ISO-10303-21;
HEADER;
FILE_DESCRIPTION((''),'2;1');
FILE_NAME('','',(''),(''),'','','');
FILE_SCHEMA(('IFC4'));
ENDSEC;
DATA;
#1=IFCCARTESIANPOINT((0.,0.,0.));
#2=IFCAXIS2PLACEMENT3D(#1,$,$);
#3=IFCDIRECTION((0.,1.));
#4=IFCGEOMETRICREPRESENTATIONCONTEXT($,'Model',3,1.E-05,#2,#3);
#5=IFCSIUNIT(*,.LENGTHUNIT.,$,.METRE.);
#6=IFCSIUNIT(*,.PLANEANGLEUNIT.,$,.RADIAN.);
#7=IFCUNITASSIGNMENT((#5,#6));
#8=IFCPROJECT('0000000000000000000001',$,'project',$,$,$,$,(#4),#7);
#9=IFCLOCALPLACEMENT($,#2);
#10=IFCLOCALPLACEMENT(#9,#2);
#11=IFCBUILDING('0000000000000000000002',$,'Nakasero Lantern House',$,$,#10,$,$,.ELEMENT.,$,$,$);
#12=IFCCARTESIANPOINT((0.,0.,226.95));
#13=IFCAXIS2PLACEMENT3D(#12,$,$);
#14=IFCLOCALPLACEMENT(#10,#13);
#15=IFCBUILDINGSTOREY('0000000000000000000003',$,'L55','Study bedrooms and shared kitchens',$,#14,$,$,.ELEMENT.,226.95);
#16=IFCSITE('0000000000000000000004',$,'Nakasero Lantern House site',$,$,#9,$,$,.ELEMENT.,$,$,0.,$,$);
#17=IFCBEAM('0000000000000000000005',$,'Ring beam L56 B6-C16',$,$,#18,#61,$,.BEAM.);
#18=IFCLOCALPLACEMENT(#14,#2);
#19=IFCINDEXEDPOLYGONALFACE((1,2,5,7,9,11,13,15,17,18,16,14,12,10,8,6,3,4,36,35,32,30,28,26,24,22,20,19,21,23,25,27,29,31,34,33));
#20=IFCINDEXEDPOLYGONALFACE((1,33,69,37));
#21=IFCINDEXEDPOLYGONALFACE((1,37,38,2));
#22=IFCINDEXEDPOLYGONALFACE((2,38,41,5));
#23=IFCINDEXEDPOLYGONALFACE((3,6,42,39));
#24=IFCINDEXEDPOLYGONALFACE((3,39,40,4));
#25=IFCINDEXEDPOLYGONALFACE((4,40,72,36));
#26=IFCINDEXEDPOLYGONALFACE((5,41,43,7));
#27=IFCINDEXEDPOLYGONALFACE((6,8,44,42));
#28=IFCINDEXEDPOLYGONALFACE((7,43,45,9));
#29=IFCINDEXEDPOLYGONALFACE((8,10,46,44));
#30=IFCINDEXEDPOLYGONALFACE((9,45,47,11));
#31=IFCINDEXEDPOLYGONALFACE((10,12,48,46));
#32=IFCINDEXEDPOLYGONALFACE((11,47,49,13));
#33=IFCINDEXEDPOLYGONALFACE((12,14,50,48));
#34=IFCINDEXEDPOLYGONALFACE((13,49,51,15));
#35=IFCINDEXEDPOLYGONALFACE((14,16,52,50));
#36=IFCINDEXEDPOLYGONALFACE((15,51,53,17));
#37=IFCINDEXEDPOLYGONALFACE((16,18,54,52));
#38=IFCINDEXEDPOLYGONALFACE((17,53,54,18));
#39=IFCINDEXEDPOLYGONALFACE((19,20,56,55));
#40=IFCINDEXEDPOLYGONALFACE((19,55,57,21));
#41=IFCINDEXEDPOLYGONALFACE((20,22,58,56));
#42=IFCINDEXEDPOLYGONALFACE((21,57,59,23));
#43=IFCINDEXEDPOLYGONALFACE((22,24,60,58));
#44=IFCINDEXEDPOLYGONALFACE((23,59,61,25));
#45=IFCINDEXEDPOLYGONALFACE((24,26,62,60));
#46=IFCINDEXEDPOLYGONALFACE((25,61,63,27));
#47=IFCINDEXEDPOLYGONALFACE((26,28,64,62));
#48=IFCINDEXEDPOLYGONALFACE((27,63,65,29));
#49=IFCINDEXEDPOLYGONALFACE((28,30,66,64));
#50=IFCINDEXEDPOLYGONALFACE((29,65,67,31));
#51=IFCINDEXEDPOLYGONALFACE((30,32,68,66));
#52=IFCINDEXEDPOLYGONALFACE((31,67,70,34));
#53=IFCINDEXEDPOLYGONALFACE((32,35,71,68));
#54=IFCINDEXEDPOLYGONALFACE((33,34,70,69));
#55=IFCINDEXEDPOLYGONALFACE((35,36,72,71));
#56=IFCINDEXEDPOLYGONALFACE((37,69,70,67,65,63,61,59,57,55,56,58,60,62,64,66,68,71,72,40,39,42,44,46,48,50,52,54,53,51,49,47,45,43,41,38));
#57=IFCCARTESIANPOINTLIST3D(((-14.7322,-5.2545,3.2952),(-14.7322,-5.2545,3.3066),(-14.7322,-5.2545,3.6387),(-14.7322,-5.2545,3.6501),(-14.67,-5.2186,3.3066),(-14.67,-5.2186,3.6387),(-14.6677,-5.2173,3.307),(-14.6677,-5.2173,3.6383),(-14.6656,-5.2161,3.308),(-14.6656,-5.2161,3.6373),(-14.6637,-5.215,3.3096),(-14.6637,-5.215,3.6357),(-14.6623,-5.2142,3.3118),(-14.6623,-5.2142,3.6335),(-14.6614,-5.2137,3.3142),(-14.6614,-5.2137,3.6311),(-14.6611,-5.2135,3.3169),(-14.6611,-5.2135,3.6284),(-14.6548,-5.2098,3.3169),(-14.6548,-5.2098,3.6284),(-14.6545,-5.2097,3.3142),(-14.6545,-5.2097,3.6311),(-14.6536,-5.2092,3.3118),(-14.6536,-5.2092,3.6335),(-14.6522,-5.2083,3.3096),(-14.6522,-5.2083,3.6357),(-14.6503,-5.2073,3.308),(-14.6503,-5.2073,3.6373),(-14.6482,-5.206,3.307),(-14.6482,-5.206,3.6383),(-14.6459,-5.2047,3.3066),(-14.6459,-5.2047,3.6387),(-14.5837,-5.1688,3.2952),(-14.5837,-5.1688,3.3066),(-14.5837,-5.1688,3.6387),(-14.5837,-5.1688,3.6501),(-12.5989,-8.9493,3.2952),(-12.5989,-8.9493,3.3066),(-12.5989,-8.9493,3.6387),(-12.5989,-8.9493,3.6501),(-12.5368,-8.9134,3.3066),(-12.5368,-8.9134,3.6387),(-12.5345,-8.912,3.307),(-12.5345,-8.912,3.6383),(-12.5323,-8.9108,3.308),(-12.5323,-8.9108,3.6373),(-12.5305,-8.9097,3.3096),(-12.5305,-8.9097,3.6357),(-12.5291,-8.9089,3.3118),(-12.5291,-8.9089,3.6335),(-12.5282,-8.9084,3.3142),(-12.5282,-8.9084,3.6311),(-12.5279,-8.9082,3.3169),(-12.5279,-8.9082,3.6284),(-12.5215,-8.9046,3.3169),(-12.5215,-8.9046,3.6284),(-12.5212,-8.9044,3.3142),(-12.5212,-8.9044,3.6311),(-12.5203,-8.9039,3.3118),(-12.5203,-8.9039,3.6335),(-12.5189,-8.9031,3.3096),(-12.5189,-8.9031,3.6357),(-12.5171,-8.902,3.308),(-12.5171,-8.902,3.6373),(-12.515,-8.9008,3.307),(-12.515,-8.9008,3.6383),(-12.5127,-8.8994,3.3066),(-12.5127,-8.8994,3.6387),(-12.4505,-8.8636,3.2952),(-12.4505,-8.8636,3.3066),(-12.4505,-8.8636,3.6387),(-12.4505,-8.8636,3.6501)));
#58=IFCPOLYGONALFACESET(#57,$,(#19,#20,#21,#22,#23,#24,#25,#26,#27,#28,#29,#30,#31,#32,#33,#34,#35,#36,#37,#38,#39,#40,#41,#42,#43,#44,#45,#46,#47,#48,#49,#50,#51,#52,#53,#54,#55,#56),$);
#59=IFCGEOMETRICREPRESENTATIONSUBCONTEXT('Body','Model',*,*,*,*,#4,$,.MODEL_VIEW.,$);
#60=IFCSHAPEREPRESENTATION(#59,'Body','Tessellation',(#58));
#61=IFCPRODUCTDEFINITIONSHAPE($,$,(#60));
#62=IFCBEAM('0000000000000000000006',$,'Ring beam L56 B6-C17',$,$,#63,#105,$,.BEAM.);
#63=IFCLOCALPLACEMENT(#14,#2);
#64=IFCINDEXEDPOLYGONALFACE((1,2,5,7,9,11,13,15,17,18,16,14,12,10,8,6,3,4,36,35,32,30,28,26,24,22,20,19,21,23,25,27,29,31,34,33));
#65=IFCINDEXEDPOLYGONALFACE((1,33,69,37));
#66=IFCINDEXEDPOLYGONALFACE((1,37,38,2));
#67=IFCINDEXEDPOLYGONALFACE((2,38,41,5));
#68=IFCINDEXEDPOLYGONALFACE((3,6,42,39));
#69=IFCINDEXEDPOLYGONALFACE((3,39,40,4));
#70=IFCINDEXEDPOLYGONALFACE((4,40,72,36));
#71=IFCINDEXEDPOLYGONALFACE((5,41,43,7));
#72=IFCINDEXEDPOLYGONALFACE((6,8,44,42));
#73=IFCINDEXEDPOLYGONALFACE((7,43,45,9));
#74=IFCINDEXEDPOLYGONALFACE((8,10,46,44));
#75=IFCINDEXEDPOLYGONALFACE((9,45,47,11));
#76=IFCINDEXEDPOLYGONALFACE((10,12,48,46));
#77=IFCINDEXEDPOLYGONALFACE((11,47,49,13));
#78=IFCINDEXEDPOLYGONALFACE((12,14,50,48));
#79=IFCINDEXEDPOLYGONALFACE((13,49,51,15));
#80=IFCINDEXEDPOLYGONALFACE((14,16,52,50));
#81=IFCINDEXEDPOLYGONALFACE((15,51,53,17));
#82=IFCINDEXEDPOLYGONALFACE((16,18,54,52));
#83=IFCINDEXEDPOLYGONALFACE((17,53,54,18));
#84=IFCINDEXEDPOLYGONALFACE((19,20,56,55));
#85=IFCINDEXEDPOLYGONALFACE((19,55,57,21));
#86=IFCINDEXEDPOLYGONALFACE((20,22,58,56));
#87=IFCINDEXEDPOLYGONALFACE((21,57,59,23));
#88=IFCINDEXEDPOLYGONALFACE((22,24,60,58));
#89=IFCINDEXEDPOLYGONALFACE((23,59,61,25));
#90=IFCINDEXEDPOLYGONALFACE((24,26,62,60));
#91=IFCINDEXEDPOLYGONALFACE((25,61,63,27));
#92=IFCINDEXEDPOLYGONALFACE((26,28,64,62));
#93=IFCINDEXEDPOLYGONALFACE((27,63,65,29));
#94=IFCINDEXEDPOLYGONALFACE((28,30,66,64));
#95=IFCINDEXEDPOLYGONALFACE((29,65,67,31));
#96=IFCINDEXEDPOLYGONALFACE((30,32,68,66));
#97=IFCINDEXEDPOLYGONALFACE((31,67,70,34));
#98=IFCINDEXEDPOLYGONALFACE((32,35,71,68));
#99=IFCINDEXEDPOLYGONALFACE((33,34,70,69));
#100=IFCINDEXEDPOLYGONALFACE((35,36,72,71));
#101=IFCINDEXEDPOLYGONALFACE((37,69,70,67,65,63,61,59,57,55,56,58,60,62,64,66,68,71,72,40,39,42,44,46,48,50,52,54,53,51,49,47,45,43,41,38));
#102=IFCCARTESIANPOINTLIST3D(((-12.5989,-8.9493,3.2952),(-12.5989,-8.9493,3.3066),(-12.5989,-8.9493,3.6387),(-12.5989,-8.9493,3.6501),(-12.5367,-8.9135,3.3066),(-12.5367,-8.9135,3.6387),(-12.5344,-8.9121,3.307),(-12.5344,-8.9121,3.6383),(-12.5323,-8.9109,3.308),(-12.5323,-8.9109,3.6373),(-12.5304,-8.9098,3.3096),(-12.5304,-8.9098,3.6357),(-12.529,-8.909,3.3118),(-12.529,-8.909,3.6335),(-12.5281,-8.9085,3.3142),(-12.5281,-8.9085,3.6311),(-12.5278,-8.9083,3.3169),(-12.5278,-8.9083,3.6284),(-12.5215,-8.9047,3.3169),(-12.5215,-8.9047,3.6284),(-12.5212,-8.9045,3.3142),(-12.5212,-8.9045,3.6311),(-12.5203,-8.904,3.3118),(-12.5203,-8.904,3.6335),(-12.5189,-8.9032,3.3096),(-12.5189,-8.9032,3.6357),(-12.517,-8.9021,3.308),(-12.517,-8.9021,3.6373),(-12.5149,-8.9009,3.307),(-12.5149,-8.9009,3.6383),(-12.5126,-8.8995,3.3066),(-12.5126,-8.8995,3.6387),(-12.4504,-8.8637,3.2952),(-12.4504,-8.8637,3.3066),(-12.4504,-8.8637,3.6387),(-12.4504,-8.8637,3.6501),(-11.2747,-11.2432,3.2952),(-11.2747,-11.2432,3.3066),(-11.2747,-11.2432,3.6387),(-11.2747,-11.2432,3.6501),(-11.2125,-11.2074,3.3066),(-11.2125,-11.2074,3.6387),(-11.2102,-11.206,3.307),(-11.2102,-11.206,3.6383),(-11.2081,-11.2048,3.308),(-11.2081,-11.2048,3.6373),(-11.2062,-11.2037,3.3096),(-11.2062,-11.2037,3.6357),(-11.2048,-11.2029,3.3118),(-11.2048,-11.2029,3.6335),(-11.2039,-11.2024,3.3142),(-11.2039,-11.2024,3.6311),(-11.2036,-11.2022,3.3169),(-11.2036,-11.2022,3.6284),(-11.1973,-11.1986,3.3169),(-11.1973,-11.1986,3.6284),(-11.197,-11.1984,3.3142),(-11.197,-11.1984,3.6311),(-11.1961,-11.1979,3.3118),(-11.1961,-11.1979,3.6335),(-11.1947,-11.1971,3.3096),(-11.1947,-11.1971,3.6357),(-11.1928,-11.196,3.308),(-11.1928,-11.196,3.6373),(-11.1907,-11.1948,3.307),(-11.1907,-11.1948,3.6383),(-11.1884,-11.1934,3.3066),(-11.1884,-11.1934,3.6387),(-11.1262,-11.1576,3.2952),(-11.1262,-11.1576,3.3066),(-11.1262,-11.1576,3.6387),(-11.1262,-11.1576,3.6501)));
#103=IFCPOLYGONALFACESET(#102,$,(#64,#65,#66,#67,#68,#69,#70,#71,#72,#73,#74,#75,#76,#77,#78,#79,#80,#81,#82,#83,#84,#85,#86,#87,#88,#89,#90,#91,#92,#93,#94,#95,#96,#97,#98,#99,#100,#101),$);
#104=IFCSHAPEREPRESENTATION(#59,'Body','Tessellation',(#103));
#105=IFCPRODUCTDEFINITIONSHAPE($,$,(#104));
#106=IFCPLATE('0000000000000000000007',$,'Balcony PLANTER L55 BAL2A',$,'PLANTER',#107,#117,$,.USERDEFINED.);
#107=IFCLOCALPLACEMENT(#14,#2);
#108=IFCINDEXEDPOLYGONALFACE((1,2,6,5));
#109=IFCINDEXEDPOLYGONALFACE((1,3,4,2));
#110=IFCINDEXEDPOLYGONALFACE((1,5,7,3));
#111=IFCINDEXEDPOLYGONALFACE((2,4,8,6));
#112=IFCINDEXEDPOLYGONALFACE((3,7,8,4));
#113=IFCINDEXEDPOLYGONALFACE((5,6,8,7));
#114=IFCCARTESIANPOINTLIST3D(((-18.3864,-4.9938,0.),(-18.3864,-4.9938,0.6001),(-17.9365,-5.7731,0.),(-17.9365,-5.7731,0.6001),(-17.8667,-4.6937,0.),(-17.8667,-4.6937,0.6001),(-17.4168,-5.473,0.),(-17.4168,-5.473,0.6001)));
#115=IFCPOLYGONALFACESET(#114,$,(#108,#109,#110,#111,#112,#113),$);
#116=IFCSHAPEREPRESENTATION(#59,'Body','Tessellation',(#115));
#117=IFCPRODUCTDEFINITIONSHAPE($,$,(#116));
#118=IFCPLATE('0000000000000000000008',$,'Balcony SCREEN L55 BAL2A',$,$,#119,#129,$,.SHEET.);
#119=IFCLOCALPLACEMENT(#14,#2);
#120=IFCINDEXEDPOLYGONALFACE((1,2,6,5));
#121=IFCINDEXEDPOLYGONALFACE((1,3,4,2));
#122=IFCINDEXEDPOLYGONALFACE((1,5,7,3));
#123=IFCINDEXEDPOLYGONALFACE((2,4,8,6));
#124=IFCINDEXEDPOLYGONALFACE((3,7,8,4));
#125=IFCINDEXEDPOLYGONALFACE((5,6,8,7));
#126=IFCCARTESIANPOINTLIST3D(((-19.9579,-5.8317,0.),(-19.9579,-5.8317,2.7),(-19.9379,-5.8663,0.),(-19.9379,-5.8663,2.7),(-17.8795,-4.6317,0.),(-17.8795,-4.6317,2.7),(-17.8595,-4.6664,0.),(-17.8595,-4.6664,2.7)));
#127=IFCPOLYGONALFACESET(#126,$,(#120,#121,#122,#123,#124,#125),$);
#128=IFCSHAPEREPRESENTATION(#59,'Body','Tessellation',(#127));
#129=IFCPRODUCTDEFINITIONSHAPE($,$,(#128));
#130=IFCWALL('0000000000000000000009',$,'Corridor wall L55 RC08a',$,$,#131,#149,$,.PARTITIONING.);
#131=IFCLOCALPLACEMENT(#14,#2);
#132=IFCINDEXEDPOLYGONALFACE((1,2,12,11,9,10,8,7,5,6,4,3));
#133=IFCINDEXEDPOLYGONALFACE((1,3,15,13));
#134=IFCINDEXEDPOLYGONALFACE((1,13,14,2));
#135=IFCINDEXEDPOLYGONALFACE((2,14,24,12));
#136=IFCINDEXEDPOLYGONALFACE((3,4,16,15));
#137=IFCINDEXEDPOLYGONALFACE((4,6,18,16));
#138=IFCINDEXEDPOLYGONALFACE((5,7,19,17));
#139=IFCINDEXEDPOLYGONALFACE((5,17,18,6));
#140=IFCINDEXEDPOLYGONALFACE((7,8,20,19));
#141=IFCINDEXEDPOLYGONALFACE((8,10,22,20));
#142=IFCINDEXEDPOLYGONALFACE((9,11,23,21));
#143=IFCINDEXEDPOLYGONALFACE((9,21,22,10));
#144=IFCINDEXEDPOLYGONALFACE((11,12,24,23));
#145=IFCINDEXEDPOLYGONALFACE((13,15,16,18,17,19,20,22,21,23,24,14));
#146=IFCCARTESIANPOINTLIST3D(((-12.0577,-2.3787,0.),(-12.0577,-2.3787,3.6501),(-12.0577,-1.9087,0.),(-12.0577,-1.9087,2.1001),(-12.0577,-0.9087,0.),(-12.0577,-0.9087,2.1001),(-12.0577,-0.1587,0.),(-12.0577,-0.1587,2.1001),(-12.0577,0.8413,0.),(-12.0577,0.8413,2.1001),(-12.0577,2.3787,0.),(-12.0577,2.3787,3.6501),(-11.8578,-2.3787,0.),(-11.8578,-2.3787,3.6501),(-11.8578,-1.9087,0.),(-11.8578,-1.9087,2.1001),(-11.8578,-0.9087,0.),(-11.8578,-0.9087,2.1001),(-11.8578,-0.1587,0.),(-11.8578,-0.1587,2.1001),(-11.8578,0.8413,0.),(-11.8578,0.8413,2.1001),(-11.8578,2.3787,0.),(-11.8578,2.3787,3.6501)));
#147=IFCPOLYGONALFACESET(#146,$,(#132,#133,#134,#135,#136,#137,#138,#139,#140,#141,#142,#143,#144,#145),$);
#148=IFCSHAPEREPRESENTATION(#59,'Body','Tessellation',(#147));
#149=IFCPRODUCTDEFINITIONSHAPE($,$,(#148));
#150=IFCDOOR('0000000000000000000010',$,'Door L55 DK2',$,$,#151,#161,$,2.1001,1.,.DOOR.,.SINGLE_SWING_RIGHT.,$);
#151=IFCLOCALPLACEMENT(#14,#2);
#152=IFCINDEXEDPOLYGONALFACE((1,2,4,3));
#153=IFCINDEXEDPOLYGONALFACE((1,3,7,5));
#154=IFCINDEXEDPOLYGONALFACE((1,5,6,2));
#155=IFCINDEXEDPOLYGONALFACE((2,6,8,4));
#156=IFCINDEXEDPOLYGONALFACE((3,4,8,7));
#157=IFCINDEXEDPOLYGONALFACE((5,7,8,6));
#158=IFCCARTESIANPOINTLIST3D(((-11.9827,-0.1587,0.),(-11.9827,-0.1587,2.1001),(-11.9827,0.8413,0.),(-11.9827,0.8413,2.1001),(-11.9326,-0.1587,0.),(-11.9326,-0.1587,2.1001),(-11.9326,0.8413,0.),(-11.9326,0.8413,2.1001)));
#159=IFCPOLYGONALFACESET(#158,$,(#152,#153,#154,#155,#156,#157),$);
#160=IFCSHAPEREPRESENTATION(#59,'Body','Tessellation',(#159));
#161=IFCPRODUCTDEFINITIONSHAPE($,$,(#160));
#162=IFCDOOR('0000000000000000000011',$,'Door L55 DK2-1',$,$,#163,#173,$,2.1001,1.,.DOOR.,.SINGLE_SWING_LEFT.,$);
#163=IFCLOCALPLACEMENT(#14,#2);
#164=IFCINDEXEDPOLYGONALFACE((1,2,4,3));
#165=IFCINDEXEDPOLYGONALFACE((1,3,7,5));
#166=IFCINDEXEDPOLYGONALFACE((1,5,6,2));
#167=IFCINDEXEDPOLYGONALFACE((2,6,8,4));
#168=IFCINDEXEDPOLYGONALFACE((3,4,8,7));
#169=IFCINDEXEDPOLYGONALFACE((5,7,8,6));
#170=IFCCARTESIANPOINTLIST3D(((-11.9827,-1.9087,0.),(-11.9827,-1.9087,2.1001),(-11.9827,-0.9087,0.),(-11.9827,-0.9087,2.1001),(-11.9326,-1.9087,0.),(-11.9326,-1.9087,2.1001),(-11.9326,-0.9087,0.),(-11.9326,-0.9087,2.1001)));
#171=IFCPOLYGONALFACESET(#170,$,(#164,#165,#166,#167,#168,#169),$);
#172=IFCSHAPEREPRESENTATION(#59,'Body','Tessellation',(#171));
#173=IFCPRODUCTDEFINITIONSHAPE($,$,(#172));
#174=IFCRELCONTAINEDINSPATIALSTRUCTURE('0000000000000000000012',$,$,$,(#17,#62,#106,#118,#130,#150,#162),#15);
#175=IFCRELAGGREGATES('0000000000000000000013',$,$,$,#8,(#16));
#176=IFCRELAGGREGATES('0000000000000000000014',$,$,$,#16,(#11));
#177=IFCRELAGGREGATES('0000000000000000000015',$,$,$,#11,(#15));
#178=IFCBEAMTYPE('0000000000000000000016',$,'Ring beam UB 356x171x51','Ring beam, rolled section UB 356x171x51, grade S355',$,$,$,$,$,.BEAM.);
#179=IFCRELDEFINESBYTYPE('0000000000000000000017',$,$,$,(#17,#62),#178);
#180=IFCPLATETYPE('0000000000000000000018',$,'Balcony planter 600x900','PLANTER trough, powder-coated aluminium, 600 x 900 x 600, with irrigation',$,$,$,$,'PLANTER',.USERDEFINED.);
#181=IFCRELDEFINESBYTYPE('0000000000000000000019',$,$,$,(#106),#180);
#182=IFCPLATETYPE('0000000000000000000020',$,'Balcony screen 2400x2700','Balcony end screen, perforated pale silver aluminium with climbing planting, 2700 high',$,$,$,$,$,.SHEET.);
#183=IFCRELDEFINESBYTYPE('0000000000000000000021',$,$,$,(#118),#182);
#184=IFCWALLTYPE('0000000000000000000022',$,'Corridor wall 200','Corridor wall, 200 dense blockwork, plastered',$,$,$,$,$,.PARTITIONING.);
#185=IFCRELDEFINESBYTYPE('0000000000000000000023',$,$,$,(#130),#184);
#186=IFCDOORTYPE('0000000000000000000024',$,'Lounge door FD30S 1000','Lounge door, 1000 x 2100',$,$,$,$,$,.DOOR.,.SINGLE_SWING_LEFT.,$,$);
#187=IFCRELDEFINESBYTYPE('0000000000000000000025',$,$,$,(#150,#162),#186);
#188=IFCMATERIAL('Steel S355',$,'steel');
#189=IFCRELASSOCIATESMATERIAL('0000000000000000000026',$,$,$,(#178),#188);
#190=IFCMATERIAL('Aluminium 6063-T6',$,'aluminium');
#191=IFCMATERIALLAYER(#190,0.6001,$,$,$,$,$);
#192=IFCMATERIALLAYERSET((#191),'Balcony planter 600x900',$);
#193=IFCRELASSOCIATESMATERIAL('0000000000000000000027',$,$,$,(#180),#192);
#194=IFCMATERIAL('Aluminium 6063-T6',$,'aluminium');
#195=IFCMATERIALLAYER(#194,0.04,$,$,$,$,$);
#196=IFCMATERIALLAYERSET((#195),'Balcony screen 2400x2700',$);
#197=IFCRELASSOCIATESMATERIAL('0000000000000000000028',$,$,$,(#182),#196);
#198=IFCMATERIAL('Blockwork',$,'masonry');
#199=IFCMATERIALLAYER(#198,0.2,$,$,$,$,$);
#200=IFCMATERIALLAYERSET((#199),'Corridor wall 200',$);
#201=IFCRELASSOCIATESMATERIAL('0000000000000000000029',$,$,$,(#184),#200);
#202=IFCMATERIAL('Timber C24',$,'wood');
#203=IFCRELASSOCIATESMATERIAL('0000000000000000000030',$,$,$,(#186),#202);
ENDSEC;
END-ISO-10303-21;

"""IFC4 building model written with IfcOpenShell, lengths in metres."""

from ifc_helpers import new_model, si_unit, direction, frame, frame_2d, origin, origin_2d, place, context, subcontext, project, spatial, rectangle, i_section, extrude, material, layer, layer_set, material_profile, profile_set, type_object, element, fill, save


model = new_model("IFC4")

# Units and contexts
model_context = context("Model", 3, precision=1e-05, world=origin(), true_north=direction((0.0, 1.0)))
body_context = subcontext(model_context, "Body", "Model", "MODEL_VIEW")
ifc_project = project(units=[si_unit("LENGTHUNIT", "METRE"), si_unit("PLANEANGLEUNIT", "RADIAN")], contexts=[model_context])

# Site, building, storey
site_placement = place(None, origin())
site = spatial("IfcSite", under=ifc_project, at=site_placement, Name="Nakasero Lantern House site", CompositionType="ELEMENT", RefElevation=0.0)
building_placement = place(site_placement, origin())
building = spatial("IfcBuilding", under=site, at=building_placement, Name="Nakasero Lantern House", CompositionType="ELEMENT")
storey_placement = place(building_placement, frame((0.0, 0.0, 226.95)))
storey = spatial("IfcBuildingStorey", under=building, at=storey_placement, Name="L55", Description="Study bedrooms and shared kitchens", CompositionType="ELEMENT", Elevation=226.95)

# Beams
ifc_material_1 = material(Name="Steel S355", Category="steel")
ifc_material_profile_1 = material_profile(ifc_material_1, i_section(OverallWidth=0.1714, OverallDepth=0.355, WebThickness=0.0073, FlangeThickness=0.0115, FilletRadius=0.0103, at=origin_2d()), Name="UB 356x171x51")
ifc_profile_set_1 = profile_set([ifc_material_profile_1], Name="Steel S355")
beam_type_1 = type_object("IfcBeamType", Name="Ring beam UB 356x171x51", Description="Ring beam, rolled section UB 356x171x51, grade S355", PredefinedType="BEAM", material=ifc_profile_set_1)
beam_1_placement = place(storey_placement, frame((-14.658, -5.2117, 3.4727), z_axis=(0.500016, -0.866016, 0.0), x_axis=(0.866016, 0.500016, 0.0)))
element("IfcBeam", 1, at=beam_1_placement, inside=storey, type_object=beam_type_1, Name="Ring beam L56 B6-C16", PredefinedType="BEAM", context=body_context, shape_type="SweptSolid", body=[
    extrude(i_section(OverallWidth=0.1714, OverallDepth=0.355, WebThickness=0.0073, FlangeThickness=0.0115, FilletRadius=0.0103, at=origin_2d()), origin(), (0.0, 0.0, 1.0), 4.2664),
])
beam_2_placement = place(storey_placement, frame((-12.5247, -8.9065, 3.4727), z_axis=(0.499946, -0.866057, 0.0), x_axis=(0.866057, 0.499946, 0.0)))
element("IfcBeam", 2, at=beam_2_placement, inside=storey, type_object=beam_type_1, Name="Ring beam L56 B6-C17", PredefinedType="BEAM", context=body_context, shape_type="SweptSolid", body=[
    extrude(i_section(OverallWidth=0.1714, OverallDepth=0.355, WebThickness=0.0073, FlangeThickness=0.0115, FilletRadius=0.0103, at=origin_2d()), origin(), (0.0, 0.0, 1.0), 2.6487),
])

# Plates
ifc_material_2 = material(Name="Aluminium 6063-T6", Category="aluminium")
ifc_layer_1 = layer(ifc_material_2, 0.6001)
ifc_layer_set_1 = layer_set([ifc_layer_1], Name="Balcony planter 600x900")
plate_type_1 = type_object("IfcPlateType", Name="Balcony planter 600x900", Description="PLANTER trough, powder-coated aluminium, 600 x 900 x 600, with irrigation", ElementType="PLANTER", PredefinedType="USERDEFINED", material=ifc_layer_set_1)
plate_1_placement = place(storey_placement, frame((-17.9016, -5.2334, 0.0), z_axis=(0.0, 0.0, 1.0), x_axis=(-0.866025, -0.5, 0.0)))
element("IfcPlate", 3, at=plate_1_placement, inside=storey, type_object=plate_type_1, Name="Balcony PLANTER L55 BAL2A", ObjectType="PLANTER", PredefinedType="USERDEFINED", context=body_context, shape_type="SweptSolid", body=[
    extrude(rectangle(XDim=0.6001, YDim=0.8999, at=origin_2d()), origin(), (0.0, 0.0, 1.0), 0.6001),
])
ifc_material_3 = material(Name="Aluminium 6063-T6", Category="aluminium")
ifc_layer_2 = layer(ifc_material_3, 0.04)
ifc_layer_set_2 = layer_set([ifc_layer_2], Name="Balcony screen 2400x2700")
plate_type_2 = type_object("IfcPlateType", Name="Balcony screen 2400x2700", Description="Balcony end screen, perforated pale silver aluminium with climbing planting, 2700 high", PredefinedType="SHEET", material=ifc_layer_set_2)
plate_2_placement = place(storey_placement, frame((-18.9087, -5.249, 0.0), z_axis=(0.0, 0.0, 1.0), x_axis=(-0.866025, -0.5, 0.0)))
element("IfcPlate", 4, at=plate_2_placement, inside=storey, type_object=plate_type_2, Name="Balcony SCREEN L55 BAL2A", PredefinedType="SHEET", context=body_context, shape_type="SweptSolid", body=[
    extrude(rectangle(XDim=2.3999, YDim=0.04, at=origin_2d()), origin(), (0.0, 0.0, 1.0), 2.7),
])

# Wall, openings, doors
ifc_material_4 = material(Name="Blockwork", Category="masonry")
ifc_layer_3 = layer(ifc_material_4, 0.2)
ifc_layer_set_3 = layer_set([ifc_layer_3], Name="Corridor wall 200")
wall_type_1 = type_object("IfcWallType", Name="Corridor wall 200", Description="Corridor wall, 200 dense blockwork, plastered", PredefinedType="PARTITIONING", material=ifc_layer_set_3)
wall_1_placement = place(storey_placement, frame((-11.9578, -2.3787, 0.0), z_axis=(0.0, 0.0, 1.0), x_axis=(0.0, 1.0, 0.0)))
wall_1 = element("IfcWall", 5, at=wall_1_placement, inside=storey, type_object=wall_type_1, Name="Corridor wall L55 RC08a", PredefinedType="PARTITIONING", context=body_context, shape_type="SweptSolid", body=[
    extrude(rectangle(XDim=4.7573, YDim=0.2, at=frame_2d((2.3787, 0.0))), origin(), (0.0, 0.0, 1.0), 3.6501),
])
opening_1_placement = place(wall_1_placement, frame((2.22, 0.0, 0.0)))
opening_1 = element("IfcOpeningElement", 6, at=opening_1_placement, cuts=wall_1, PredefinedType="OPENING", context=body_context, shape_type="SweptSolid", body=[
    extrude(rectangle(XDim=1.0, YDim=2.1001, at=frame_2d((0.5, 1.05))), frame((0.0, 0.1199, 0.0), z_axis=(0.0, -1.0, 0.0), x_axis=(1.0, 0.0, 0.0)), (0.0, 0.0, 1.0), 0.24),
])
opening_2_placement = place(wall_1_placement, frame((0.47, 0.0, 0.0)))
opening_2 = element("IfcOpeningElement", 7, at=opening_2_placement, cuts=wall_1, PredefinedType="OPENING", context=body_context, shape_type="SweptSolid", body=[
    extrude(rectangle(XDim=1.0, YDim=2.1001, at=frame_2d((0.5, 1.05))), frame((0.0, 0.1199, 0.0), z_axis=(0.0, -1.0, 0.0), x_axis=(1.0, 0.0, 0.0)), (0.0, 0.0, 1.0), 0.24),
])
ifc_material_5 = material(Name="Timber C24", Category="wood")
door_type_1 = type_object("IfcDoorType", Name="Lounge door FD30S 1000", Description="Lounge door, 1000 x 2100", OperationType="SINGLE_SWING_LEFT", PredefinedType="DOOR", material=ifc_material_5)
door_1_placement = place(opening_1_placement, origin())
door_1 = element("IfcDoor", 8, at=door_1_placement, inside=storey, type_object=door_type_1, Name="Door L55 DK2", OperationType="SINGLE_SWING_RIGHT", OverallHeight=2.1001, OverallWidth=1.0, PredefinedType="DOOR", context=body_context, shape_type="SweptSolid", body=[
    extrude(rectangle(XDim=1.0, YDim=2.1001, at=frame_2d((0.5, 1.05))), frame((0.0, 0.0249, 0.0), z_axis=(0.0, -1.0, 0.0), x_axis=(1.0, 0.0, 0.0)), (0.0, 0.0, 1.0), 0.05),
])
fill(opening_1, door_1)
door_2_placement = place(opening_2_placement, origin())
door_2 = element("IfcDoor", 9, at=door_2_placement, inside=storey, type_object=door_type_1, Name="Door L55 DK2-1", OperationType="SINGLE_SWING_LEFT", OverallHeight=2.1001, OverallWidth=1.0, PredefinedType="DOOR", context=body_context, shape_type="SweptSolid", body=[
    extrude(rectangle(XDim=1.0, YDim=2.1001, at=frame_2d((0.5, 1.05))), frame((0.0, 0.0249, 0.0), z_axis=(0.0, -1.0, 0.0), x_axis=(1.0, 0.0, 0.0)), (0.0, 0.0, 1.0), 0.05),
])
fill(opening_2, door_2)

save(model, "model.ifc")
